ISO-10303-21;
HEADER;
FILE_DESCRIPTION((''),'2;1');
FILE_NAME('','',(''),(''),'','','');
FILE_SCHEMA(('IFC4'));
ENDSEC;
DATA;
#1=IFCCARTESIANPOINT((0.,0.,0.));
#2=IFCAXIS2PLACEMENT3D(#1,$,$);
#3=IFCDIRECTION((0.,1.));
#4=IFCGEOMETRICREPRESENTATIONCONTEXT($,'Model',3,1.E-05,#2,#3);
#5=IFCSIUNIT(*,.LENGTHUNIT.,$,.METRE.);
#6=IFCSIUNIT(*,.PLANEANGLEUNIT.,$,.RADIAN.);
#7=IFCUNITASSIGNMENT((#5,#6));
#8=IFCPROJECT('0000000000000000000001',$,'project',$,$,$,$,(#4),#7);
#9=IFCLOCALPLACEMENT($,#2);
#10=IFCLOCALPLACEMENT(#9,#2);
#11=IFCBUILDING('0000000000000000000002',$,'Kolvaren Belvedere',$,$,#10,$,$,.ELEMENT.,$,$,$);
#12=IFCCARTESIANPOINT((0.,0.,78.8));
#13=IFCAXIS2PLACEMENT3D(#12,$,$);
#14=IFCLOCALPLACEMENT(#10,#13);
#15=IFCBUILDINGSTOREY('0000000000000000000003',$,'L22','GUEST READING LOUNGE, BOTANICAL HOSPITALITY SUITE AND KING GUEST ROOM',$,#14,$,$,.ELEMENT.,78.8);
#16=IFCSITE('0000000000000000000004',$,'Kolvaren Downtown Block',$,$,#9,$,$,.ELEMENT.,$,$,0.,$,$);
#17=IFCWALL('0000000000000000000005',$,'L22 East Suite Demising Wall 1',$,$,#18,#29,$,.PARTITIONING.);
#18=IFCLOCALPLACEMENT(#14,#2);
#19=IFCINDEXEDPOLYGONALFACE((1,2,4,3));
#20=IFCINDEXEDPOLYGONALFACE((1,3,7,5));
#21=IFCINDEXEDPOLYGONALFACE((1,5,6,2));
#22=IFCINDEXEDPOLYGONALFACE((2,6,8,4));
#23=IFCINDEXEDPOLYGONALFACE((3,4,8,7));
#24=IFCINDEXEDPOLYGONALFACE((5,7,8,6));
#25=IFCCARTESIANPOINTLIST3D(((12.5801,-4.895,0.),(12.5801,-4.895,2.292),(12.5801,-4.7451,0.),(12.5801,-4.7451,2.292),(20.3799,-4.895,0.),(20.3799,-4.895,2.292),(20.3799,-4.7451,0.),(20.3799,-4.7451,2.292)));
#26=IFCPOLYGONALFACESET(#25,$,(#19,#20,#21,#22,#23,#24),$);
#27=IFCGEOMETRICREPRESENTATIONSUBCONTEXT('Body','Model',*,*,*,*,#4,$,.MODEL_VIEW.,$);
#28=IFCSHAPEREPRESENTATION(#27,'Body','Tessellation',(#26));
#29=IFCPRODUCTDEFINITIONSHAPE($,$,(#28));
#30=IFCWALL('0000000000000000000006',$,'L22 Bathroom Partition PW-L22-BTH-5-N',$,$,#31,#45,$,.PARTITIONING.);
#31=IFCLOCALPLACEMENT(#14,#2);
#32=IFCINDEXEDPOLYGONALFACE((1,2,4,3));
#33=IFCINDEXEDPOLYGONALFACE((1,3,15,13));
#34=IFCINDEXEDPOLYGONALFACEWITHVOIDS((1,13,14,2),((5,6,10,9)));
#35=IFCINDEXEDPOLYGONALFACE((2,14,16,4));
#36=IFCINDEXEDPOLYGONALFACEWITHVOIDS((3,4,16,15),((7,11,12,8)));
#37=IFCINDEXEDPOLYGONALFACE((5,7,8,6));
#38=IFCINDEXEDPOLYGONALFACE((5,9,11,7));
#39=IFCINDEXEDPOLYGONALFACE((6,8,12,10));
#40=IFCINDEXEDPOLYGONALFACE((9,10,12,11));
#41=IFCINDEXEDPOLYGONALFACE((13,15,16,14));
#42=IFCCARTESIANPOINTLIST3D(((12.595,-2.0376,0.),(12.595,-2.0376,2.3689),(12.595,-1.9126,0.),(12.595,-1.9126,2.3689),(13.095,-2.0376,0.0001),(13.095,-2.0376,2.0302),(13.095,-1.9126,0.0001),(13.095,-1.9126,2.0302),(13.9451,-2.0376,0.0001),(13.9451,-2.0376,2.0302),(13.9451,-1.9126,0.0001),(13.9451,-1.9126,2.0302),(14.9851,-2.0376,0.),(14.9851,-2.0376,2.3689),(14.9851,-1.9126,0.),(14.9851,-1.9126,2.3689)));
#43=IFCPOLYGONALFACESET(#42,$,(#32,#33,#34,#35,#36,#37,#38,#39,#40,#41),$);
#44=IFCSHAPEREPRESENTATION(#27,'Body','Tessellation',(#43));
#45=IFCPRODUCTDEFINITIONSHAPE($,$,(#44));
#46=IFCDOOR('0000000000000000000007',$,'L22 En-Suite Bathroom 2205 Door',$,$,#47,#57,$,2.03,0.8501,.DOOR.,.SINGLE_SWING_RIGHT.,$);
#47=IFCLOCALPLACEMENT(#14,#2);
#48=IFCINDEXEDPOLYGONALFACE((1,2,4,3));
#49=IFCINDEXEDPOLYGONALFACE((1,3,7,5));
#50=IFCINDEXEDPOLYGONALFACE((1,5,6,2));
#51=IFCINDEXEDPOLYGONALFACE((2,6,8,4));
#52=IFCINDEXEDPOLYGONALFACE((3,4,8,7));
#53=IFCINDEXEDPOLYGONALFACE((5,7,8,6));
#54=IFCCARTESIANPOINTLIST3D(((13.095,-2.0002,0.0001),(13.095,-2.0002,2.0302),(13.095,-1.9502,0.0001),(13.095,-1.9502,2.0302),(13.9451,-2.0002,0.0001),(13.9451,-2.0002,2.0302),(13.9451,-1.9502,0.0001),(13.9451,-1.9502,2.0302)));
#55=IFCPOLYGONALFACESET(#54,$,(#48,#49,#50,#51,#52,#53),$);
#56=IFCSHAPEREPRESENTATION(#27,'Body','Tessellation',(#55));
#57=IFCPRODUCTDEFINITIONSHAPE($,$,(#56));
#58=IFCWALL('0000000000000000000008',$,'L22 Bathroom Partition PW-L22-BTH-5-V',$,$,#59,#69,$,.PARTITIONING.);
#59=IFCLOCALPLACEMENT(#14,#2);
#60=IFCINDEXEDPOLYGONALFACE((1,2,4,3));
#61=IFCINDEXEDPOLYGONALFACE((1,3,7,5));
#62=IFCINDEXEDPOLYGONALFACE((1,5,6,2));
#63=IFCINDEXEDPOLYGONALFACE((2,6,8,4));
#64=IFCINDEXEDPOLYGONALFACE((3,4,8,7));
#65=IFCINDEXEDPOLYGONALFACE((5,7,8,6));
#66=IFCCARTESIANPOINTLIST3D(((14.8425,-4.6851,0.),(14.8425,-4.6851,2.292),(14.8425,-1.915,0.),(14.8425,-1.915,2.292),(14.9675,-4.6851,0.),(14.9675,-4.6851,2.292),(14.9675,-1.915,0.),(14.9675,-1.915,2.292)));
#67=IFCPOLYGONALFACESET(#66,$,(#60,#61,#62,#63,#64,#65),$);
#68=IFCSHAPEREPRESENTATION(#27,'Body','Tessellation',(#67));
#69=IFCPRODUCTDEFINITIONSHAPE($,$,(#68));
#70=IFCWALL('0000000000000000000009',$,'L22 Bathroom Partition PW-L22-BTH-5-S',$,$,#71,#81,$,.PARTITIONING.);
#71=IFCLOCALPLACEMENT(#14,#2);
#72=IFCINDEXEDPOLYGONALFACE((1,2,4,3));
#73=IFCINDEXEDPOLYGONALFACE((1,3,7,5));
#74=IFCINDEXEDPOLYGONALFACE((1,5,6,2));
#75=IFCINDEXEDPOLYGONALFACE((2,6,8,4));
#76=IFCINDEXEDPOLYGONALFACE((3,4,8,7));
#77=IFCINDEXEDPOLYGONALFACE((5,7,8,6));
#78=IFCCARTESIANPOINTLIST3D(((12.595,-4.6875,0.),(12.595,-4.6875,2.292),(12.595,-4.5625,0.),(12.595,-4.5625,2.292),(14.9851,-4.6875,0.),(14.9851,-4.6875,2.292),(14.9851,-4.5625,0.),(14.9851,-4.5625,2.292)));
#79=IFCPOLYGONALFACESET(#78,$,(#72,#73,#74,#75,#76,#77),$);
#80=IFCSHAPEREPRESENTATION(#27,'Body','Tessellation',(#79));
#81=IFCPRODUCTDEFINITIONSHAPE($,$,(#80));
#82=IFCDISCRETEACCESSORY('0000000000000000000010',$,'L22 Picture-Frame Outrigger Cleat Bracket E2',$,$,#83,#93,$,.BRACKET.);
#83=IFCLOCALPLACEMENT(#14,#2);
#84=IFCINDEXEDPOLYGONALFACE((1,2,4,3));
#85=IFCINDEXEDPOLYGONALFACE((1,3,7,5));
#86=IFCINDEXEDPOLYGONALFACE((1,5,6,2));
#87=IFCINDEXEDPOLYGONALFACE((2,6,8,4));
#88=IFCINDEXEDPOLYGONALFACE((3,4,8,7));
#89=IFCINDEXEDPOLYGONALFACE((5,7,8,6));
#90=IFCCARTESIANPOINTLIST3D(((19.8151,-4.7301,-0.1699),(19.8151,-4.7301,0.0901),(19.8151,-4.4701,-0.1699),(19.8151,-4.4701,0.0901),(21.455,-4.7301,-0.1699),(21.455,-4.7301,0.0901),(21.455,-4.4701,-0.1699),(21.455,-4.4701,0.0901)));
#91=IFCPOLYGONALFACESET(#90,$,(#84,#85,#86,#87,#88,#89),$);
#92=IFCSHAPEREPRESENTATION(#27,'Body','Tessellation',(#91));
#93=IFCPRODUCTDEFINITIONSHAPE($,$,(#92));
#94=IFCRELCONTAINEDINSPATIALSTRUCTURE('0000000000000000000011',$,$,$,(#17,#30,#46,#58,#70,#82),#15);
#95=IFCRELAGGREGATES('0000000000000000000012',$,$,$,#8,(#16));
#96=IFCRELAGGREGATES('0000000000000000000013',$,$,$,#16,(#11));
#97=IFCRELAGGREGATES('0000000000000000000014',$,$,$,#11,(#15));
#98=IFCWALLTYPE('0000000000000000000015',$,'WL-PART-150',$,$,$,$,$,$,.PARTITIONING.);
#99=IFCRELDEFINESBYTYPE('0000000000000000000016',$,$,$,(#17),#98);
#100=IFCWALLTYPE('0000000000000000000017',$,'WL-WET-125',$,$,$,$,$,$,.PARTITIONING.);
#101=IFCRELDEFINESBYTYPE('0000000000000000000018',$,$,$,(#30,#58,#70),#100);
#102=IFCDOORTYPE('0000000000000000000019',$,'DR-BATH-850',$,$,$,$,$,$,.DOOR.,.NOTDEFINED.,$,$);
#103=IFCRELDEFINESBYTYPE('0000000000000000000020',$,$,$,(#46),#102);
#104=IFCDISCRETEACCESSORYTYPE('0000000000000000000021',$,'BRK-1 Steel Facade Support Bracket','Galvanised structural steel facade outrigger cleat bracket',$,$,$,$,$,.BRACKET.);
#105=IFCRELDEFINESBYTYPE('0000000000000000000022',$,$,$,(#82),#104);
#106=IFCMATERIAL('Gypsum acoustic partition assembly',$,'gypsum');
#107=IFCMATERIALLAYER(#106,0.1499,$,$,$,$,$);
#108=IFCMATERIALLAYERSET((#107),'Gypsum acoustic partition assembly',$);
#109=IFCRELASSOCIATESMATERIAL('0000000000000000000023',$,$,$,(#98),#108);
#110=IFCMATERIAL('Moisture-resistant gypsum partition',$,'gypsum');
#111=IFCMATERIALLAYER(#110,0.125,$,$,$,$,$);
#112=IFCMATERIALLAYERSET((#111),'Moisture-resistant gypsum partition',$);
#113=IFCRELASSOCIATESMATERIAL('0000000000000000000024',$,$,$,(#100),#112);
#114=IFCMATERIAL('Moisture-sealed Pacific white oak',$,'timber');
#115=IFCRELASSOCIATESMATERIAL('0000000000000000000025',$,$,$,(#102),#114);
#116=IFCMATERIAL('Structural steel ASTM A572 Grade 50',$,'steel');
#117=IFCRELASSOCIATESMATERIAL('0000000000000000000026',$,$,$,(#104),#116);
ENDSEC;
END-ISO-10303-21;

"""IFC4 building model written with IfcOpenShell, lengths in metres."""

from ifc_helpers import new_model, si_unit, direction, frame, frame_2d, origin, origin_2d, place, context, subcontext, project, spatial, rectangle, extrude, material, layer, layer_set, type_object, element, fill, save


model = new_model("IFC4")

# Units and contexts
model_context = context("Model", 3, precision=1e-05, world=origin(), true_north=direction((0.0, 1.0)))
body_context = subcontext(model_context, "Body", "Model", "MODEL_VIEW")
ifc_project = project(units=[si_unit("LENGTHUNIT", "METRE"), si_unit("PLANEANGLEUNIT", "RADIAN")], contexts=[model_context])

# Site, building, storey
site_placement = place(None, origin())
site = spatial("IfcSite", under=ifc_project, at=site_placement, Name="Kolvaren Downtown Block", CompositionType="ELEMENT", RefElevation=0.0)
building_placement = place(site_placement, origin())
building = spatial("IfcBuilding", under=site, at=building_placement, Name="Kolvaren Belvedere", CompositionType="ELEMENT")
storey_placement = place(building_placement, frame((0.0, 0.0, 78.8)))
storey = spatial("IfcBuildingStorey", under=building, at=storey_placement, Name="L22", Description="GUEST READING LOUNGE, BOTANICAL HOSPITALITY SUITE AND KING GUEST ROOM", CompositionType="ELEMENT", Elevation=78.8)

# Wall
ifc_material_1 = material(Name="Gypsum acoustic partition assembly", Category="gypsum")
ifc_layer_1 = layer(ifc_material_1, 0.1499)
ifc_layer_set_1 = layer_set([ifc_layer_1], Name="Gypsum acoustic partition assembly")
wall_type_1 = type_object("IfcWallType", Name="WL-PART-150", PredefinedType="PARTITIONING", material=ifc_layer_set_1)
for number, where, z_axis, x_axis, name in (
    (1, (12.5801, -4.8201, 0.0), (0.0, 0.0, 1.0), (1.0, 0.0, 0.0), "L22 East Suite Demising Wall 1"),
):
    element("IfcWall", number, at=place(storey_placement, frame(where, z_axis=z_axis, x_axis=x_axis)), inside=storey, type_object=wall_type_1, Name=name, PredefinedType="PARTITIONING", context=body_context, shape_type="SweptSolid", body=[
        extrude(rectangle(XDim=7.7998, YDim=0.1499, at=frame_2d((3.8999, 0.0))), origin(), (0.0, 0.0, 1.0), 2.292),
    ])

# Wall, opening, door
ifc_material_2 = material(Name="Moisture-resistant gypsum partition", Category="gypsum")
ifc_layer_2 = layer(ifc_material_2, 0.125)
ifc_layer_set_2 = layer_set([ifc_layer_2], Name="Moisture-resistant gypsum partition")
wall_type_2 = type_object("IfcWallType", Name="WL-WET-125", PredefinedType="PARTITIONING", material=ifc_layer_set_2)
wall_1_placement = place(storey_placement, frame((12.595, -1.9751, 0.0), z_axis=(0.0, 0.0, 1.0), x_axis=(1.0, 0.0, 0.0)))
wall_1 = element("IfcWall", 2, at=wall_1_placement, inside=storey, type_object=wall_type_2, Name="L22 Bathroom Partition PW-L22-BTH-5-N", PredefinedType="PARTITIONING", context=body_context, shape_type="SweptSolid", body=[
    extrude(rectangle(XDim=2.3901, YDim=0.125, at=frame_2d((1.1951, 0.0))), origin(), (0.0, 0.0, 1.0), 2.3689),
])
opening_1_placement = place(wall_1_placement, frame((0.5, 0.0, 0.0)))
opening_1 = element("IfcOpeningElement", 3, at=opening_1_placement, cuts=wall_1, PredefinedType="OPENING", context=body_context, shape_type="SweptSolid", body=[
    extrude(rectangle(XDim=0.8501, YDim=2.03, at=frame_2d((0.425, 1.0151))), frame((0.0, 0.0725, 0.0), z_axis=(0.0, -1.0, 0.0), x_axis=(1.0, 0.0, 0.0)), (0.0, 0.0, 1.0), 0.145),
])
ifc_material_3 = material(Name="Moisture-sealed Pacific white oak", Category="timber")
door_type_1 = type_object("IfcDoorType", Name="DR-BATH-850", OperationType="NOTDEFINED", PredefinedType="DOOR", material=ifc_material_3)
door_1_placement = place(opening_1_placement, origin())
door_1 = element("IfcDoor", 4, at=door_1_placement, inside=storey, type_object=door_type_1, Name="L22 En-Suite Bathroom 2205 Door", OperationType="SINGLE_SWING_RIGHT", OverallHeight=2.03, OverallWidth=0.8501, PredefinedType="DOOR", context=body_context, shape_type="SweptSolid", body=[
    extrude(rectangle(XDim=0.8501, YDim=2.03, at=frame_2d((0.425, 1.0151))), frame((0.0, 0.0249, 0.0), z_axis=(0.0, -1.0, 0.0), x_axis=(1.0, 0.0, 0.0)), (0.0, 0.0, 1.0), 0.05),
])
fill(opening_1, door_1)

# Walls
wall_2_placement = place(storey_placement, frame((14.905, -4.6851, 0.0), z_axis=(0.0, 0.0, 1.0), x_axis=(0.0, 1.0, 0.0)))
element("IfcWall", 5, at=wall_2_placement, inside=storey, type_object=wall_type_2, Name="L22 Bathroom Partition PW-L22-BTH-5-V", PredefinedType="PARTITIONING", context=body_context, shape_type="SweptSolid", body=[
    extrude(rectangle(XDim=2.77, YDim=0.125, at=frame_2d((1.385, 0.0))), origin(), (0.0, 0.0, 1.0), 2.292),
])
wall_3_placement = place(storey_placement, frame((12.595, -4.625, 0.0), z_axis=(0.0, 0.0, 1.0), x_axis=(1.0, 0.0, 0.0)))
element("IfcWall", 6, at=wall_3_placement, inside=storey, type_object=wall_type_2, Name="L22 Bathroom Partition PW-L22-BTH-5-S", PredefinedType="PARTITIONING", context=body_context, shape_type="SweptSolid", body=[
    extrude(rectangle(XDim=2.3901, YDim=0.125, at=frame_2d((1.1951, 0.0))), origin(), (0.0, 0.0, 1.0), 2.292),
])

# Discrete accessory
ifc_material_4 = material(Name="Structural steel ASTM A572 Grade 50", Category="steel")
discrete_accessory_type = type_object("IfcDiscreteAccessoryType", Name="BRK-1 Steel Facade Support Bracket", Description="Galvanised structural steel facade outrigger cleat bracket", PredefinedType="BRACKET", material=ifc_material_4)
discrete_accessory_placement = place(storey_placement, frame((20.635, -4.6001, -0.1699), z_axis=(0.0, 0.0, 1.0), x_axis=(1.0, 0.0, 0.0)))
element("IfcDiscreteAccessory", 7, at=discrete_accessory_placement, inside=storey, type_object=discrete_accessory_type, Name="L22 Picture-Frame Outrigger Cleat Bracket E2", PredefinedType="BRACKET", context=body_context, shape_type="SweptSolid", body=[
    extrude(rectangle(XDim=1.6399, YDim=0.26, at=origin_2d()), origin(), (0.0, 0.0, 1.0), 0.26),
])

save(model, "model.ifc")
